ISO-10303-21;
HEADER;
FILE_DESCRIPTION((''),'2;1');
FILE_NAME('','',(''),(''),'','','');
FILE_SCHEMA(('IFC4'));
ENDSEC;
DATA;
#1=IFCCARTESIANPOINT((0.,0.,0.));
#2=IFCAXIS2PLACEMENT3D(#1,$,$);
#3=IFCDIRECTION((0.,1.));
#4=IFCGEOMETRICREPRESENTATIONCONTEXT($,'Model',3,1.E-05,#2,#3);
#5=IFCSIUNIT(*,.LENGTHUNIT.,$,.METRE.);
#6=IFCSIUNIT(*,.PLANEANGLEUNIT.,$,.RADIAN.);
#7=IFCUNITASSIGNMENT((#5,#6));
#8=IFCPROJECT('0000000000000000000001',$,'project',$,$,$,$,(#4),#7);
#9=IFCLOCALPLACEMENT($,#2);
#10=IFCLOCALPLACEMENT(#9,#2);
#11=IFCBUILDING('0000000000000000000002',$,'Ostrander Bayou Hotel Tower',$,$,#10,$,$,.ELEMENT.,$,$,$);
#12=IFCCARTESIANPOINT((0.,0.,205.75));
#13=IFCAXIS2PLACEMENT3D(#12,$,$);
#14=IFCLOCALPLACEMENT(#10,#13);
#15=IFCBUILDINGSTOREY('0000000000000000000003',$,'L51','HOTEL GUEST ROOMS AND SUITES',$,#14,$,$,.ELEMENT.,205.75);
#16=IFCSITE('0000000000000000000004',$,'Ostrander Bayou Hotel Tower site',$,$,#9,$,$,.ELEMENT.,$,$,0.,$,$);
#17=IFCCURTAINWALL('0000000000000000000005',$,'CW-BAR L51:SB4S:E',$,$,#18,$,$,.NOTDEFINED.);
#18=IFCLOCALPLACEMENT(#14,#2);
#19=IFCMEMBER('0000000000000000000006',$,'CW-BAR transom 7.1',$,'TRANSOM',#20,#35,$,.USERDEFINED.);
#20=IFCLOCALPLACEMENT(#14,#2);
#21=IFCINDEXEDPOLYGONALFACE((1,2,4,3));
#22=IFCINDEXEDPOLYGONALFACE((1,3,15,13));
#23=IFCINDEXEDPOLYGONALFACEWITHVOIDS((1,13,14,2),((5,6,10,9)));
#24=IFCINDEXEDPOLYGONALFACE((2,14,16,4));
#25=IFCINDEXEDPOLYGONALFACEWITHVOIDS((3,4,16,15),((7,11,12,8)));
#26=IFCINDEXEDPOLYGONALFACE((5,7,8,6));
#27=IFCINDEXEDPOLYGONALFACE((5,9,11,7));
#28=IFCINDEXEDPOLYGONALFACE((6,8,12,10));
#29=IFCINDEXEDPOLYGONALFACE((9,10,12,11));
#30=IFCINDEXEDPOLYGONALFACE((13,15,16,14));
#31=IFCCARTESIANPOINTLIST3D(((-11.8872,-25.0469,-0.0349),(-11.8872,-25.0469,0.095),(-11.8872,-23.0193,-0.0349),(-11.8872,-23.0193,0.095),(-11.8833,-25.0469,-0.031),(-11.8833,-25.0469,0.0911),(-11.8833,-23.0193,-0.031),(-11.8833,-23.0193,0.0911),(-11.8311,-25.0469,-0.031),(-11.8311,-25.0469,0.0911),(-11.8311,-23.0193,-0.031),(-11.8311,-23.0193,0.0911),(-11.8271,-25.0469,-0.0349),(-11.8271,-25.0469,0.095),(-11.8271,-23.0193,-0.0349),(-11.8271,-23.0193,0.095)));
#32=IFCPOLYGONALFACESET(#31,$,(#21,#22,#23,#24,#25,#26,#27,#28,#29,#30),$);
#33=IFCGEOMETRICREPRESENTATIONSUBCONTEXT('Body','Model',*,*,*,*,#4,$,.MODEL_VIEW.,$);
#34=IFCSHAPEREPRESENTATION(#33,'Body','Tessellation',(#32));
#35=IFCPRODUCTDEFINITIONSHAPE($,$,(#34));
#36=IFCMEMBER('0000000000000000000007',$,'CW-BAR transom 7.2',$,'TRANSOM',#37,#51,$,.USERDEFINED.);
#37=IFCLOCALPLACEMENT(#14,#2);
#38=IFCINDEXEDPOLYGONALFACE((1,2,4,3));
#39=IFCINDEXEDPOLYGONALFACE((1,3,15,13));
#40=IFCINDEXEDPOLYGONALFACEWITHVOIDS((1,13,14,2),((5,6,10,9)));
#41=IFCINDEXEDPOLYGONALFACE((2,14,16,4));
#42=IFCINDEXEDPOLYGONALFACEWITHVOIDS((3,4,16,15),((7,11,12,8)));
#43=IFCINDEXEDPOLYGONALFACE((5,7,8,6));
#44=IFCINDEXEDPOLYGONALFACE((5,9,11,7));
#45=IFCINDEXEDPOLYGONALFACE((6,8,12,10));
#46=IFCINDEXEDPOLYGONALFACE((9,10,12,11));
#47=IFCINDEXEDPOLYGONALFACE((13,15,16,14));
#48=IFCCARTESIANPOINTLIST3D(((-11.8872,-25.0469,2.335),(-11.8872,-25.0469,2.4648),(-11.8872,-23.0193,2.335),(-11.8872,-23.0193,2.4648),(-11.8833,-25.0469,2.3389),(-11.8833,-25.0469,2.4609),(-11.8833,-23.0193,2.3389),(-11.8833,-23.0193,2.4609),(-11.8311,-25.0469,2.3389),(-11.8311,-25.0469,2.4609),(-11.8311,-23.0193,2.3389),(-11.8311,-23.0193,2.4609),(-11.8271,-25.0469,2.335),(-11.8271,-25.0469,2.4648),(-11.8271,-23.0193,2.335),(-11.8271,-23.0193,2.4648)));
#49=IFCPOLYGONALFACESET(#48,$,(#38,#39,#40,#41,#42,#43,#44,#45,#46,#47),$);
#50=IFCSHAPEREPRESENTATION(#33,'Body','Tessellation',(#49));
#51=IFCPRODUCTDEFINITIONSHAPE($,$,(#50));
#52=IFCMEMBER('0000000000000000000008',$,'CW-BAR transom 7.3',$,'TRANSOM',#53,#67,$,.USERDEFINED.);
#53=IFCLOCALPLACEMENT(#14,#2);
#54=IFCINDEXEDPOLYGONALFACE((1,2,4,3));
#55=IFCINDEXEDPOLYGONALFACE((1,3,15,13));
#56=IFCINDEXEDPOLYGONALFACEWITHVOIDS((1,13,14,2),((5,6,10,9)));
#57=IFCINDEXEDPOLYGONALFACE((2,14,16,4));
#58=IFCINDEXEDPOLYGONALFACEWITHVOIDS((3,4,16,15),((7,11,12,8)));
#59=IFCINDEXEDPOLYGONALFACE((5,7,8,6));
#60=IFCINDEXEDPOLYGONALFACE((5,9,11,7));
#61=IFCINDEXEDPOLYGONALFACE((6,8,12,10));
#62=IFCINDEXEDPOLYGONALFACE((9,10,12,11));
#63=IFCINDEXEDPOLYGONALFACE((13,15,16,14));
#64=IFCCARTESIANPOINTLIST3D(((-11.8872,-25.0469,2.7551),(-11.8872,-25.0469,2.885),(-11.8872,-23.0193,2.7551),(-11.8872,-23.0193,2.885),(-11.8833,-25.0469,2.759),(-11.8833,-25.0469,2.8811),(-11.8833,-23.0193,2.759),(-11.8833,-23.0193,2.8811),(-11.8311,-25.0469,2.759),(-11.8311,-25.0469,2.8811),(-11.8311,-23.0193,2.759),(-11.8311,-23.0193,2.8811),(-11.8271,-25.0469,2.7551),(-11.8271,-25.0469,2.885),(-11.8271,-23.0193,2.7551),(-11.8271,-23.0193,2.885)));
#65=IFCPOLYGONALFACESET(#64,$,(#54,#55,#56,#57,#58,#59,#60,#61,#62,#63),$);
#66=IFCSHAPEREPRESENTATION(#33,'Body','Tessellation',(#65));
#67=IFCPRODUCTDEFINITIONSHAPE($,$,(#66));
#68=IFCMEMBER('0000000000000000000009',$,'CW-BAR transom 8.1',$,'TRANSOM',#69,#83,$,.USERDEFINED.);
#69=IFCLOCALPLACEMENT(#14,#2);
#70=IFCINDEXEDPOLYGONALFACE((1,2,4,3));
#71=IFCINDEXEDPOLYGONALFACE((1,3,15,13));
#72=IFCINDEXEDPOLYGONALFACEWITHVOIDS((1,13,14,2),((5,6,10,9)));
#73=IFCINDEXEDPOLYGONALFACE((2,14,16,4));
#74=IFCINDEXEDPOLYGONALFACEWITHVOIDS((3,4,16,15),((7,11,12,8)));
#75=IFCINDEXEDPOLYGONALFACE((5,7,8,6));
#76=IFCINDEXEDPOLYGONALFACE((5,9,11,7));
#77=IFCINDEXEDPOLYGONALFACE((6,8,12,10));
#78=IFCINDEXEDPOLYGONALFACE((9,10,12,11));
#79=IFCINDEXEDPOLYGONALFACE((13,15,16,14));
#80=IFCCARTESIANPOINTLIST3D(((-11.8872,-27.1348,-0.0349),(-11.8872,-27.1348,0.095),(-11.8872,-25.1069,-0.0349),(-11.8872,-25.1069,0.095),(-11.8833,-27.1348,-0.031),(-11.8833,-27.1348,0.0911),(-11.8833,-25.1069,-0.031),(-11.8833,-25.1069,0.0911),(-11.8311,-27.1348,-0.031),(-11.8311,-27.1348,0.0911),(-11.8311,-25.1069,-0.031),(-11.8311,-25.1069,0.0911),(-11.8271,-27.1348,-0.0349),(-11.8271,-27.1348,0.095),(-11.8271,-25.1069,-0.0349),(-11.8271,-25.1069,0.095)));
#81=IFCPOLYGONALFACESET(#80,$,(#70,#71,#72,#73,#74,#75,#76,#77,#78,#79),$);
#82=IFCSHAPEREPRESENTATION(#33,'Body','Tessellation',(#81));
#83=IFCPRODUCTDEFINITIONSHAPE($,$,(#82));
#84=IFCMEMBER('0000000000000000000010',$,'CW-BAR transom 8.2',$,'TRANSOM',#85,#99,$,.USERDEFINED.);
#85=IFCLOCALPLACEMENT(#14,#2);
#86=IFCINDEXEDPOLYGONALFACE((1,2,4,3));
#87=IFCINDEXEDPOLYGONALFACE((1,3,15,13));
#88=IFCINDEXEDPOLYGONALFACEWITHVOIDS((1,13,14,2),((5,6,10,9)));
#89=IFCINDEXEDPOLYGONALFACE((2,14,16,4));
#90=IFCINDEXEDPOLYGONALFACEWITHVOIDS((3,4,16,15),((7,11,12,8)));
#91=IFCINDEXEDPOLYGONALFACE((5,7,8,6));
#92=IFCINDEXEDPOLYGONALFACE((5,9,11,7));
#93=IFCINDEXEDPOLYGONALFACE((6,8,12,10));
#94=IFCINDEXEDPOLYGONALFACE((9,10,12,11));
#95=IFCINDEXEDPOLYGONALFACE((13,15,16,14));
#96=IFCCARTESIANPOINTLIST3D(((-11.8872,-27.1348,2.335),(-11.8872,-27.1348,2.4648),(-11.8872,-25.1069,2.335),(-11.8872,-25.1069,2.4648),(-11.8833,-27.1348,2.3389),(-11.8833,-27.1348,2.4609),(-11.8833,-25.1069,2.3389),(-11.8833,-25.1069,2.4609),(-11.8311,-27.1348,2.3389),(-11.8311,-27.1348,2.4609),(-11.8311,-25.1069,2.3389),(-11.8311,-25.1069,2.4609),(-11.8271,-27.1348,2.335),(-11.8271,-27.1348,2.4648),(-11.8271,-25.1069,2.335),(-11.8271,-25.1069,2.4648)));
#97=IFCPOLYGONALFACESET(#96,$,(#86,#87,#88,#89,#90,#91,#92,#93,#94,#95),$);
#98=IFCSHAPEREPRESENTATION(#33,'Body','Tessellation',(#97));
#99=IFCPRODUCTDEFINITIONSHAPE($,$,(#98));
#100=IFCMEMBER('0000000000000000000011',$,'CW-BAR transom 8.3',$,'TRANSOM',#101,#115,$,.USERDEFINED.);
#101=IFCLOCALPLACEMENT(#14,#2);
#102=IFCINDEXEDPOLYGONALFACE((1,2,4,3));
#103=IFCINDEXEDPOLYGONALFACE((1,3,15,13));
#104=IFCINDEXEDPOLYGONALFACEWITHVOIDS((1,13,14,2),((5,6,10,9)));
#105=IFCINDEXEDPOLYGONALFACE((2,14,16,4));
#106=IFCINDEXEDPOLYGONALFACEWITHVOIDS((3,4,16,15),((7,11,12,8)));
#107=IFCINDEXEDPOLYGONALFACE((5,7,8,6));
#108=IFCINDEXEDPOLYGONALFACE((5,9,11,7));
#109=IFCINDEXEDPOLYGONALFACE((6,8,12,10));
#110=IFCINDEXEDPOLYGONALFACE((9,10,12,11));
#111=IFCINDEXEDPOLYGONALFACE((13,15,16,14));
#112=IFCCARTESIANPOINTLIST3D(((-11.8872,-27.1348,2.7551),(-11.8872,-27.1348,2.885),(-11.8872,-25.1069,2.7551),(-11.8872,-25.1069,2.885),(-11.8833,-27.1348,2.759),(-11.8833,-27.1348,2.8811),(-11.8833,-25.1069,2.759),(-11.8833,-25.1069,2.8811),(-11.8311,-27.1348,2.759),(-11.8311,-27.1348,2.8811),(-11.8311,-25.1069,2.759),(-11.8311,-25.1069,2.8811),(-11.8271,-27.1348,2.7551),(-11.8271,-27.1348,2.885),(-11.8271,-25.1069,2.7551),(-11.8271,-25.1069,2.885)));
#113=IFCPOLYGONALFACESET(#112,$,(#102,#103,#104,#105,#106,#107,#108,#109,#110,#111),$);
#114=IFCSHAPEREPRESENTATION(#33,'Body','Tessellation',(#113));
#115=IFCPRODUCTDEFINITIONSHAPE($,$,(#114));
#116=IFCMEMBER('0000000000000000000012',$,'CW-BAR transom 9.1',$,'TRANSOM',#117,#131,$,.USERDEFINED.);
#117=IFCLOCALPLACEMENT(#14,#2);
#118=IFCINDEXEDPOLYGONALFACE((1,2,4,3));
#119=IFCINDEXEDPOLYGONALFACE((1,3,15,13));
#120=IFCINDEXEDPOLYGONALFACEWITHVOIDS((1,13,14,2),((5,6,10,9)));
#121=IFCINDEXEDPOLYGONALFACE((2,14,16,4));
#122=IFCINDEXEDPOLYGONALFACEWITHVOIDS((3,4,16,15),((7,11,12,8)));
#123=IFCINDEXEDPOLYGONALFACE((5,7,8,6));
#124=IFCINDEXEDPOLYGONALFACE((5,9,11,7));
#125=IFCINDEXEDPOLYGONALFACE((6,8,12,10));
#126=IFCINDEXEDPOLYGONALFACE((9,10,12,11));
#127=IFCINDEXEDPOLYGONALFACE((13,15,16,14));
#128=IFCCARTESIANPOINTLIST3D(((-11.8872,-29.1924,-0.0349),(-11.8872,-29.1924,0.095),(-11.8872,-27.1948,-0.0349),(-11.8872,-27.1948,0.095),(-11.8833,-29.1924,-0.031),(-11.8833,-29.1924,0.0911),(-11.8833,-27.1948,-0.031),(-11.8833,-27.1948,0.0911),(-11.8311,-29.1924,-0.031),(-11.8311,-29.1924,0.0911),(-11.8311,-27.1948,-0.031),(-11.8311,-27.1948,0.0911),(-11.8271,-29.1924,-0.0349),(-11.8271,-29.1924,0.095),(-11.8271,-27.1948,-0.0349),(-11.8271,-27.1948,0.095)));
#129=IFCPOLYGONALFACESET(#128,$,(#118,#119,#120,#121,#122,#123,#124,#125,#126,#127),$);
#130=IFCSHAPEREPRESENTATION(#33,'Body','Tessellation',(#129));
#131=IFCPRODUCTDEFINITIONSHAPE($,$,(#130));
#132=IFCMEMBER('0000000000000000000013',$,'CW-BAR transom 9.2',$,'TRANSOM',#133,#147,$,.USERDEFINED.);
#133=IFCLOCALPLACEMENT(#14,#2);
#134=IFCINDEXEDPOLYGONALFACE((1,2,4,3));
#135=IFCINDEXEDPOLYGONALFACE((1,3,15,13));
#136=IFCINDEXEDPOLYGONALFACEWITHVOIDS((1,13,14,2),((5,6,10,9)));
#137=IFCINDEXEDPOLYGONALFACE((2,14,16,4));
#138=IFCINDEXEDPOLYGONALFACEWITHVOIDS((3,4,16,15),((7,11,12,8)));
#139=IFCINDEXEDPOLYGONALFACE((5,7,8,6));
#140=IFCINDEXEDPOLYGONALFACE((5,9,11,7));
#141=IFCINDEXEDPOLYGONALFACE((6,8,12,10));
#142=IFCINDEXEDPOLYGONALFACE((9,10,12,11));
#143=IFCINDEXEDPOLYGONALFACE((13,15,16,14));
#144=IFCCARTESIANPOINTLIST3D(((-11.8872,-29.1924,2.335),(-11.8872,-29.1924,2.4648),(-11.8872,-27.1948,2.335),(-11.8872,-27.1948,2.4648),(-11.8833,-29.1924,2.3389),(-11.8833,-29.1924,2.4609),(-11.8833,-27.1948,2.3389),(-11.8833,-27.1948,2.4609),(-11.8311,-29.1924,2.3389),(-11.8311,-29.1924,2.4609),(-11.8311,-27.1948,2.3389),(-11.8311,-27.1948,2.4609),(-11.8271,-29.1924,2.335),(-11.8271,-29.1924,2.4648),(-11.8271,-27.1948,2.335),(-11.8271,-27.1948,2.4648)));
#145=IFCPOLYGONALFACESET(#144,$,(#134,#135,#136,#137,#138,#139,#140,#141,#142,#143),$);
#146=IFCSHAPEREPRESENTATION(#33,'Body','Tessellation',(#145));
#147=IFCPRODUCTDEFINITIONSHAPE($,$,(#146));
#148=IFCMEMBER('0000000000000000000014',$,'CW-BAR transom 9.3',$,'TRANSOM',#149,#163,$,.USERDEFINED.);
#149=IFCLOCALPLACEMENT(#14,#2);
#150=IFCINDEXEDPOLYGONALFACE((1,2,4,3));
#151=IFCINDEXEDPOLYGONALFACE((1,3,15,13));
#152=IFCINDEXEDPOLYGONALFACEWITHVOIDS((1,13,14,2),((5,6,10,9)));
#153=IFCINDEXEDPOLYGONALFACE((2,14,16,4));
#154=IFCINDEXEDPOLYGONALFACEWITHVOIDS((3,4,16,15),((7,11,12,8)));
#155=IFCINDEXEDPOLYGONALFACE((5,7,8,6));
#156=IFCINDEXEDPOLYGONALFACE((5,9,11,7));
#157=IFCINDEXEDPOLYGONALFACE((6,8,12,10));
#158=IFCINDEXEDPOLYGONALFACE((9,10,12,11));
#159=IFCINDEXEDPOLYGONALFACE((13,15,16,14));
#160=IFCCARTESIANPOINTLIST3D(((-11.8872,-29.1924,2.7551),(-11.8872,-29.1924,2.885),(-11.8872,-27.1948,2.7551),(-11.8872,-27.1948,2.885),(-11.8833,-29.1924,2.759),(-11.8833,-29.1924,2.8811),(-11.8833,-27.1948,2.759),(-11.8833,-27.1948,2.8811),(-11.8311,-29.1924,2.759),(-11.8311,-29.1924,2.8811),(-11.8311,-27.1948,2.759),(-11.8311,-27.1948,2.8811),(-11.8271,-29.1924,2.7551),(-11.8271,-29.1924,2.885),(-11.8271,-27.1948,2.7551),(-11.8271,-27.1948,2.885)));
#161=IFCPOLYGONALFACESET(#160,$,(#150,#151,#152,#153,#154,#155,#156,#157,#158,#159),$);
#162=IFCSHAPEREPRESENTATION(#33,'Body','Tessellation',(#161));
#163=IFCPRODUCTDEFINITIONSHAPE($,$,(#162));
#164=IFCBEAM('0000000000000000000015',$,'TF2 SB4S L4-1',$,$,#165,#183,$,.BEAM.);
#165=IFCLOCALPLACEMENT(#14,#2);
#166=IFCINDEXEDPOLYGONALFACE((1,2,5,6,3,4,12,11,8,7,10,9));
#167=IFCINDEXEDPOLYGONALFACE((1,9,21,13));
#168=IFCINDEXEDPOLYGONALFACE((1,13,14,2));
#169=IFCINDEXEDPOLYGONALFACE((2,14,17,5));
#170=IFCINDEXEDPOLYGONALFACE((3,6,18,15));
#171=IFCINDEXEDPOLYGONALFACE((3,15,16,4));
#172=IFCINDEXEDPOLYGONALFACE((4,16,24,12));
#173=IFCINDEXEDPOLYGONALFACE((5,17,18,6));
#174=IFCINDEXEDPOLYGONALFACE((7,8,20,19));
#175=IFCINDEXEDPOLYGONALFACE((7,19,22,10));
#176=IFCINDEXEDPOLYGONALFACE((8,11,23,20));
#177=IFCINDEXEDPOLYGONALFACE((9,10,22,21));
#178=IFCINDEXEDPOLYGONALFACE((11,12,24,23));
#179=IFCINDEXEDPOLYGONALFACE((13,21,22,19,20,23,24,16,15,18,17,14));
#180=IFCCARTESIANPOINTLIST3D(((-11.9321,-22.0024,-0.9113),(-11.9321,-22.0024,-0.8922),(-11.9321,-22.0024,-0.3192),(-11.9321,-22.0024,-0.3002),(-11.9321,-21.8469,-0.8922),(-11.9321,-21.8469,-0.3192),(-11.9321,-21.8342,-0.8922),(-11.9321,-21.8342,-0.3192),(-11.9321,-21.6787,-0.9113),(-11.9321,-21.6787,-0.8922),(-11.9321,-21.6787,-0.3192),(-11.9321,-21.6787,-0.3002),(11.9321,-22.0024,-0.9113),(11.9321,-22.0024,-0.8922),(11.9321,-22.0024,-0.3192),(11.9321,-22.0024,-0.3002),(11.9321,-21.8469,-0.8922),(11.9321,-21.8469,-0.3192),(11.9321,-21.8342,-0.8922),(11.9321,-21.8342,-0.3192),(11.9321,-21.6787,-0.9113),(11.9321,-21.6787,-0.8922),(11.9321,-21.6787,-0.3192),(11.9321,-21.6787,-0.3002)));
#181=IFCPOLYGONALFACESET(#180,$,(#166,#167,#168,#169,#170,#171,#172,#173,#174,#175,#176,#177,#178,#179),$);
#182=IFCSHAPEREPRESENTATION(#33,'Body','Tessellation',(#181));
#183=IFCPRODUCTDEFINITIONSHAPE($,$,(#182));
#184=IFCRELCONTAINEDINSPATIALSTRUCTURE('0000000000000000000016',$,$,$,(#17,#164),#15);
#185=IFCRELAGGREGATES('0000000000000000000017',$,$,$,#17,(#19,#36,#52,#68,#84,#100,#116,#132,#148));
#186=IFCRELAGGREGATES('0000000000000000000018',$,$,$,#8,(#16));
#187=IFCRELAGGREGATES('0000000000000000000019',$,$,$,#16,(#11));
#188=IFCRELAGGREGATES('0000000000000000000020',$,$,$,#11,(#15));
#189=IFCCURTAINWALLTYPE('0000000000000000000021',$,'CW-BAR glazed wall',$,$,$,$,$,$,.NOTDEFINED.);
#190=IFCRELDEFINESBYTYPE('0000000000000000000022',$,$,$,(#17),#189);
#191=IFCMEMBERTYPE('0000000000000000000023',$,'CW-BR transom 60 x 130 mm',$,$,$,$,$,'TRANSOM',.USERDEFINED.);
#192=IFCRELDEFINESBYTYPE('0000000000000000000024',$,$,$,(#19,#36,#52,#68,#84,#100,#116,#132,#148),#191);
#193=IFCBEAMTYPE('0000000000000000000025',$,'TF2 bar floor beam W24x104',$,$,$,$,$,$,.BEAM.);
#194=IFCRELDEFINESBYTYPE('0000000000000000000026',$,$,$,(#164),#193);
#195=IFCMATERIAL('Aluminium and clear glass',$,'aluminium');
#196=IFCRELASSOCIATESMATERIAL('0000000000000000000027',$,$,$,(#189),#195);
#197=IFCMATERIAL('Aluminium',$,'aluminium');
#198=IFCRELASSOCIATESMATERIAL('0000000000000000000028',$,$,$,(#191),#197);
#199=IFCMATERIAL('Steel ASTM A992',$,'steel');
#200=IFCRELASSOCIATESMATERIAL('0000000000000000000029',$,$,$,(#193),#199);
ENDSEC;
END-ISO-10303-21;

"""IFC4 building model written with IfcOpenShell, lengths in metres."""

from ifc_helpers import new_model, si_unit, direction, frame, origin, origin_2d, place, context, subcontext, project, spatial, hollow_rectangle, i_section, extrude, material, material_profile, profile_set, type_object, element, aggregate, save


model = new_model("IFC4")

# Units and contexts
model_context = context("Model", 3, precision=1e-05, world=origin(), true_north=direction((0.0, 1.0)))
body_context = subcontext(model_context, "Body", "Model", "MODEL_VIEW")
ifc_project = project(units=[si_unit("LENGTHUNIT", "METRE"), si_unit("PLANEANGLEUNIT", "RADIAN")], contexts=[model_context])

# Site, building, storey
site_placement = place(None, origin())
site = spatial("IfcSite", under=ifc_project, at=site_placement, Name="Ostrander Bayou Hotel Tower site", CompositionType="ELEMENT", RefElevation=0.0)
building_placement = place(site_placement, origin())
building = spatial("IfcBuilding", under=site, at=building_placement, Name="Ostrander Bayou Hotel Tower", CompositionType="ELEMENT")
storey_placement = place(building_placement, frame((0.0, 0.0, 205.75)))
storey = spatial("IfcBuildingStorey", under=building, at=storey_placement, Name="L51", Description="HOTEL GUEST ROOMS AND SUITES", CompositionType="ELEMENT", Elevation=205.75)

# Curtain wall
ifc_material_1 = material(Name="Aluminium and clear glass", Category="aluminium")
curtain_wall_type = type_object("IfcCurtainWallType", Name="CW-BAR glazed wall", PredefinedType="NOTDEFINED", material=ifc_material_1)
curtain_wall_1_placement = place(storey_placement, origin())
curtain_wall_1 = element("IfcCurtainWall", 1, at=curtain_wall_1_placement, inside=storey, type_object=curtain_wall_type, Name="CW-BAR L51:SB4S:E", PredefinedType="NOTDEFINED")

# Members
ifc_material_2 = material(Name="Aluminium", Category="aluminium")
ifc_material_profile_1 = material_profile(ifc_material_2, hollow_rectangle(XDim=0.0601, YDim=0.1299, WallThickness=0.0039, at=origin_2d()))
ifc_profile_set_1 = profile_set([ifc_material_profile_1], Name="Aluminium")
member_type_1 = type_object("IfcMemberType", Name="CW-BR transom 60 x 130 mm", ElementType="TRANSOM", PredefinedType="USERDEFINED", material=ifc_profile_set_1)
member_1_placement = place(storey_placement, frame((-11.8572, -23.0193, 0.03), z_axis=(0.0, -1.0, 0.0), x_axis=(1.0, 0.0, 0.0)))
member_1 = element("IfcMember", 2, at=member_1_placement, type_object=member_type_1, Name="CW-BAR transom 7.1", ObjectType="TRANSOM", PredefinedType="USERDEFINED", context=body_context, shape_type="SweptSolid", body=[
    extrude(hollow_rectangle(XDim=0.0601, YDim=0.1299, WallThickness=0.0039, at=origin_2d()), origin(), (0.0, 0.0, 1.0), 2.0276),
])
member_2_placement = place(storey_placement, frame((-11.8572, -23.0193, 2.3999), z_axis=(0.0, -1.0, 0.0), x_axis=(1.0, 0.0, 0.0)))
member_2 = element("IfcMember", 3, at=member_2_placement, type_object=member_type_1, Name="CW-BAR transom 7.2", ObjectType="TRANSOM", PredefinedType="USERDEFINED", context=body_context, shape_type="SweptSolid", body=[
    extrude(hollow_rectangle(XDim=0.0601, YDim=0.1299, WallThickness=0.0039, at=origin_2d()), origin(), (0.0, 0.0, 1.0), 2.0276),
])
member_3_placement = place(storey_placement, frame((-11.8572, -23.0193, 2.8201), z_axis=(0.0, -1.0, 0.0), x_axis=(1.0, 0.0, 0.0)))
member_3 = element("IfcMember", 4, at=member_3_placement, type_object=member_type_1, Name="CW-BAR transom 7.3", ObjectType="TRANSOM", PredefinedType="USERDEFINED", context=body_context, shape_type="SweptSolid", body=[
    extrude(hollow_rectangle(XDim=0.0601, YDim=0.1299, WallThickness=0.0039, at=origin_2d()), origin(), (0.0, 0.0, 1.0), 2.0276),
])
member_4_placement = place(storey_placement, frame((-11.8572, -25.1069, 0.03), z_axis=(0.0, -1.0, 0.0), x_axis=(1.0, 0.0, 0.0)))
member_4 = element("IfcMember", 5, at=member_4_placement, type_object=member_type_1, Name="CW-BAR transom 8.1", ObjectType="TRANSOM", PredefinedType="USERDEFINED", context=body_context, shape_type="SweptSolid", body=[
    extrude(hollow_rectangle(XDim=0.0601, YDim=0.1299, WallThickness=0.0039, at=origin_2d()), origin(), (0.0, 0.0, 1.0), 2.0278),
])
member_5_placement = place(storey_placement, frame((-11.8572, -25.1069, 2.3999), z_axis=(0.0, -1.0, 0.0), x_axis=(1.0, 0.0, 0.0)))
member_5 = element("IfcMember", 6, at=member_5_placement, type_object=member_type_1, Name="CW-BAR transom 8.2", ObjectType="TRANSOM", PredefinedType="USERDEFINED", context=body_context, shape_type="SweptSolid", body=[
    extrude(hollow_rectangle(XDim=0.0601, YDim=0.1299, WallThickness=0.0039, at=origin_2d()), origin(), (0.0, 0.0, 1.0), 2.0278),
])
member_6_placement = place(storey_placement, frame((-11.8572, -25.1069, 2.8201), z_axis=(0.0, -1.0, 0.0), x_axis=(1.0, 0.0, 0.0)))
member_6 = element("IfcMember", 7, at=member_6_placement, type_object=member_type_1, Name="CW-BAR transom 8.3", ObjectType="TRANSOM", PredefinedType="USERDEFINED", context=body_context, shape_type="SweptSolid", body=[
    extrude(hollow_rectangle(XDim=0.0601, YDim=0.1299, WallThickness=0.0039, at=origin_2d()), origin(), (0.0, 0.0, 1.0), 2.0278),
])
member_7_placement = place(storey_placement, frame((-11.8572, -27.1948, 0.03), z_axis=(0.0, -1.0, 0.0), x_axis=(1.0, 0.0, 0.0)))
member_7 = element("IfcMember", 8, at=member_7_placement, type_object=member_type_1, Name="CW-BAR transom 9.1", ObjectType="TRANSOM", PredefinedType="USERDEFINED", context=body_context, shape_type="SweptSolid", body=[
    extrude(hollow_rectangle(XDim=0.0601, YDim=0.1299, WallThickness=0.0039, at=origin_2d()), origin(), (0.0, 0.0, 1.0), 1.9976),
])
member_8_placement = place(storey_placement, frame((-11.8572, -27.1948, 2.3999), z_axis=(0.0, -1.0, 0.0), x_axis=(1.0, 0.0, 0.0)))
member_8 = element("IfcMember", 9, at=member_8_placement, type_object=member_type_1, Name="CW-BAR transom 9.2", ObjectType="TRANSOM", PredefinedType="USERDEFINED", context=body_context, shape_type="SweptSolid", body=[
    extrude(hollow_rectangle(XDim=0.0601, YDim=0.1299, WallThickness=0.0039, at=origin_2d()), origin(), (0.0, 0.0, 1.0), 1.9976),
])
member_9_placement = place(storey_placement, frame((-11.8572, -27.1948, 2.8201), z_axis=(0.0, -1.0, 0.0), x_axis=(1.0, 0.0, 0.0)))
member_9 = element("IfcMember", 10, at=member_9_placement, type_object=member_type_1, Name="CW-BAR transom 9.3", ObjectType="TRANSOM", PredefinedType="USERDEFINED", context=body_context, shape_type="SweptSolid", body=[
    extrude(hollow_rectangle(XDim=0.0601, YDim=0.1299, WallThickness=0.0039, at=origin_2d()), origin(), (0.0, 0.0, 1.0), 1.9976),
])

# Beam
ifc_material_3 = material(Name="Steel ASTM A992", Category="steel")
ifc_material_profile_2 = material_profile(ifc_material_3, i_section(OverallWidth=0.3237, OverallDepth=0.6111, WebThickness=0.0127, FlangeThickness=0.019, at=origin_2d()))
ifc_profile_set_2 = profile_set([ifc_material_profile_2], Name="Steel ASTM A992")
beam_type = type_object("IfcBeamType", Name="TF2 bar floor beam W24x104", PredefinedType="BEAM", material=ifc_profile_set_2)
for number, where, z_axis, x_axis, name in (
    (11, (-11.9321, -21.8406, -0.6057), (1.0, 0.0, 0.0), (0.0, 1.0, 0.0), "TF2 SB4S L4-1"),
):
    element("IfcBeam", number, at=place(storey_placement, frame(where, z_axis=z_axis, x_axis=x_axis)), inside=storey, type_object=beam_type, Name=name, PredefinedType="BEAM", context=body_context, shape_type="SweptSolid", body=[
        extrude(i_section(OverallWidth=0.3237, OverallDepth=0.6111, WebThickness=0.0127, FlangeThickness=0.019, at=origin_2d()), origin(), (0.0, 0.0, 1.0), 23.8643),
    ])

aggregate(curtain_wall_1, [member_1, member_2, member_3, member_4, member_5, member_6, member_7, member_8, member_9])

save(model, "model.ifc")
